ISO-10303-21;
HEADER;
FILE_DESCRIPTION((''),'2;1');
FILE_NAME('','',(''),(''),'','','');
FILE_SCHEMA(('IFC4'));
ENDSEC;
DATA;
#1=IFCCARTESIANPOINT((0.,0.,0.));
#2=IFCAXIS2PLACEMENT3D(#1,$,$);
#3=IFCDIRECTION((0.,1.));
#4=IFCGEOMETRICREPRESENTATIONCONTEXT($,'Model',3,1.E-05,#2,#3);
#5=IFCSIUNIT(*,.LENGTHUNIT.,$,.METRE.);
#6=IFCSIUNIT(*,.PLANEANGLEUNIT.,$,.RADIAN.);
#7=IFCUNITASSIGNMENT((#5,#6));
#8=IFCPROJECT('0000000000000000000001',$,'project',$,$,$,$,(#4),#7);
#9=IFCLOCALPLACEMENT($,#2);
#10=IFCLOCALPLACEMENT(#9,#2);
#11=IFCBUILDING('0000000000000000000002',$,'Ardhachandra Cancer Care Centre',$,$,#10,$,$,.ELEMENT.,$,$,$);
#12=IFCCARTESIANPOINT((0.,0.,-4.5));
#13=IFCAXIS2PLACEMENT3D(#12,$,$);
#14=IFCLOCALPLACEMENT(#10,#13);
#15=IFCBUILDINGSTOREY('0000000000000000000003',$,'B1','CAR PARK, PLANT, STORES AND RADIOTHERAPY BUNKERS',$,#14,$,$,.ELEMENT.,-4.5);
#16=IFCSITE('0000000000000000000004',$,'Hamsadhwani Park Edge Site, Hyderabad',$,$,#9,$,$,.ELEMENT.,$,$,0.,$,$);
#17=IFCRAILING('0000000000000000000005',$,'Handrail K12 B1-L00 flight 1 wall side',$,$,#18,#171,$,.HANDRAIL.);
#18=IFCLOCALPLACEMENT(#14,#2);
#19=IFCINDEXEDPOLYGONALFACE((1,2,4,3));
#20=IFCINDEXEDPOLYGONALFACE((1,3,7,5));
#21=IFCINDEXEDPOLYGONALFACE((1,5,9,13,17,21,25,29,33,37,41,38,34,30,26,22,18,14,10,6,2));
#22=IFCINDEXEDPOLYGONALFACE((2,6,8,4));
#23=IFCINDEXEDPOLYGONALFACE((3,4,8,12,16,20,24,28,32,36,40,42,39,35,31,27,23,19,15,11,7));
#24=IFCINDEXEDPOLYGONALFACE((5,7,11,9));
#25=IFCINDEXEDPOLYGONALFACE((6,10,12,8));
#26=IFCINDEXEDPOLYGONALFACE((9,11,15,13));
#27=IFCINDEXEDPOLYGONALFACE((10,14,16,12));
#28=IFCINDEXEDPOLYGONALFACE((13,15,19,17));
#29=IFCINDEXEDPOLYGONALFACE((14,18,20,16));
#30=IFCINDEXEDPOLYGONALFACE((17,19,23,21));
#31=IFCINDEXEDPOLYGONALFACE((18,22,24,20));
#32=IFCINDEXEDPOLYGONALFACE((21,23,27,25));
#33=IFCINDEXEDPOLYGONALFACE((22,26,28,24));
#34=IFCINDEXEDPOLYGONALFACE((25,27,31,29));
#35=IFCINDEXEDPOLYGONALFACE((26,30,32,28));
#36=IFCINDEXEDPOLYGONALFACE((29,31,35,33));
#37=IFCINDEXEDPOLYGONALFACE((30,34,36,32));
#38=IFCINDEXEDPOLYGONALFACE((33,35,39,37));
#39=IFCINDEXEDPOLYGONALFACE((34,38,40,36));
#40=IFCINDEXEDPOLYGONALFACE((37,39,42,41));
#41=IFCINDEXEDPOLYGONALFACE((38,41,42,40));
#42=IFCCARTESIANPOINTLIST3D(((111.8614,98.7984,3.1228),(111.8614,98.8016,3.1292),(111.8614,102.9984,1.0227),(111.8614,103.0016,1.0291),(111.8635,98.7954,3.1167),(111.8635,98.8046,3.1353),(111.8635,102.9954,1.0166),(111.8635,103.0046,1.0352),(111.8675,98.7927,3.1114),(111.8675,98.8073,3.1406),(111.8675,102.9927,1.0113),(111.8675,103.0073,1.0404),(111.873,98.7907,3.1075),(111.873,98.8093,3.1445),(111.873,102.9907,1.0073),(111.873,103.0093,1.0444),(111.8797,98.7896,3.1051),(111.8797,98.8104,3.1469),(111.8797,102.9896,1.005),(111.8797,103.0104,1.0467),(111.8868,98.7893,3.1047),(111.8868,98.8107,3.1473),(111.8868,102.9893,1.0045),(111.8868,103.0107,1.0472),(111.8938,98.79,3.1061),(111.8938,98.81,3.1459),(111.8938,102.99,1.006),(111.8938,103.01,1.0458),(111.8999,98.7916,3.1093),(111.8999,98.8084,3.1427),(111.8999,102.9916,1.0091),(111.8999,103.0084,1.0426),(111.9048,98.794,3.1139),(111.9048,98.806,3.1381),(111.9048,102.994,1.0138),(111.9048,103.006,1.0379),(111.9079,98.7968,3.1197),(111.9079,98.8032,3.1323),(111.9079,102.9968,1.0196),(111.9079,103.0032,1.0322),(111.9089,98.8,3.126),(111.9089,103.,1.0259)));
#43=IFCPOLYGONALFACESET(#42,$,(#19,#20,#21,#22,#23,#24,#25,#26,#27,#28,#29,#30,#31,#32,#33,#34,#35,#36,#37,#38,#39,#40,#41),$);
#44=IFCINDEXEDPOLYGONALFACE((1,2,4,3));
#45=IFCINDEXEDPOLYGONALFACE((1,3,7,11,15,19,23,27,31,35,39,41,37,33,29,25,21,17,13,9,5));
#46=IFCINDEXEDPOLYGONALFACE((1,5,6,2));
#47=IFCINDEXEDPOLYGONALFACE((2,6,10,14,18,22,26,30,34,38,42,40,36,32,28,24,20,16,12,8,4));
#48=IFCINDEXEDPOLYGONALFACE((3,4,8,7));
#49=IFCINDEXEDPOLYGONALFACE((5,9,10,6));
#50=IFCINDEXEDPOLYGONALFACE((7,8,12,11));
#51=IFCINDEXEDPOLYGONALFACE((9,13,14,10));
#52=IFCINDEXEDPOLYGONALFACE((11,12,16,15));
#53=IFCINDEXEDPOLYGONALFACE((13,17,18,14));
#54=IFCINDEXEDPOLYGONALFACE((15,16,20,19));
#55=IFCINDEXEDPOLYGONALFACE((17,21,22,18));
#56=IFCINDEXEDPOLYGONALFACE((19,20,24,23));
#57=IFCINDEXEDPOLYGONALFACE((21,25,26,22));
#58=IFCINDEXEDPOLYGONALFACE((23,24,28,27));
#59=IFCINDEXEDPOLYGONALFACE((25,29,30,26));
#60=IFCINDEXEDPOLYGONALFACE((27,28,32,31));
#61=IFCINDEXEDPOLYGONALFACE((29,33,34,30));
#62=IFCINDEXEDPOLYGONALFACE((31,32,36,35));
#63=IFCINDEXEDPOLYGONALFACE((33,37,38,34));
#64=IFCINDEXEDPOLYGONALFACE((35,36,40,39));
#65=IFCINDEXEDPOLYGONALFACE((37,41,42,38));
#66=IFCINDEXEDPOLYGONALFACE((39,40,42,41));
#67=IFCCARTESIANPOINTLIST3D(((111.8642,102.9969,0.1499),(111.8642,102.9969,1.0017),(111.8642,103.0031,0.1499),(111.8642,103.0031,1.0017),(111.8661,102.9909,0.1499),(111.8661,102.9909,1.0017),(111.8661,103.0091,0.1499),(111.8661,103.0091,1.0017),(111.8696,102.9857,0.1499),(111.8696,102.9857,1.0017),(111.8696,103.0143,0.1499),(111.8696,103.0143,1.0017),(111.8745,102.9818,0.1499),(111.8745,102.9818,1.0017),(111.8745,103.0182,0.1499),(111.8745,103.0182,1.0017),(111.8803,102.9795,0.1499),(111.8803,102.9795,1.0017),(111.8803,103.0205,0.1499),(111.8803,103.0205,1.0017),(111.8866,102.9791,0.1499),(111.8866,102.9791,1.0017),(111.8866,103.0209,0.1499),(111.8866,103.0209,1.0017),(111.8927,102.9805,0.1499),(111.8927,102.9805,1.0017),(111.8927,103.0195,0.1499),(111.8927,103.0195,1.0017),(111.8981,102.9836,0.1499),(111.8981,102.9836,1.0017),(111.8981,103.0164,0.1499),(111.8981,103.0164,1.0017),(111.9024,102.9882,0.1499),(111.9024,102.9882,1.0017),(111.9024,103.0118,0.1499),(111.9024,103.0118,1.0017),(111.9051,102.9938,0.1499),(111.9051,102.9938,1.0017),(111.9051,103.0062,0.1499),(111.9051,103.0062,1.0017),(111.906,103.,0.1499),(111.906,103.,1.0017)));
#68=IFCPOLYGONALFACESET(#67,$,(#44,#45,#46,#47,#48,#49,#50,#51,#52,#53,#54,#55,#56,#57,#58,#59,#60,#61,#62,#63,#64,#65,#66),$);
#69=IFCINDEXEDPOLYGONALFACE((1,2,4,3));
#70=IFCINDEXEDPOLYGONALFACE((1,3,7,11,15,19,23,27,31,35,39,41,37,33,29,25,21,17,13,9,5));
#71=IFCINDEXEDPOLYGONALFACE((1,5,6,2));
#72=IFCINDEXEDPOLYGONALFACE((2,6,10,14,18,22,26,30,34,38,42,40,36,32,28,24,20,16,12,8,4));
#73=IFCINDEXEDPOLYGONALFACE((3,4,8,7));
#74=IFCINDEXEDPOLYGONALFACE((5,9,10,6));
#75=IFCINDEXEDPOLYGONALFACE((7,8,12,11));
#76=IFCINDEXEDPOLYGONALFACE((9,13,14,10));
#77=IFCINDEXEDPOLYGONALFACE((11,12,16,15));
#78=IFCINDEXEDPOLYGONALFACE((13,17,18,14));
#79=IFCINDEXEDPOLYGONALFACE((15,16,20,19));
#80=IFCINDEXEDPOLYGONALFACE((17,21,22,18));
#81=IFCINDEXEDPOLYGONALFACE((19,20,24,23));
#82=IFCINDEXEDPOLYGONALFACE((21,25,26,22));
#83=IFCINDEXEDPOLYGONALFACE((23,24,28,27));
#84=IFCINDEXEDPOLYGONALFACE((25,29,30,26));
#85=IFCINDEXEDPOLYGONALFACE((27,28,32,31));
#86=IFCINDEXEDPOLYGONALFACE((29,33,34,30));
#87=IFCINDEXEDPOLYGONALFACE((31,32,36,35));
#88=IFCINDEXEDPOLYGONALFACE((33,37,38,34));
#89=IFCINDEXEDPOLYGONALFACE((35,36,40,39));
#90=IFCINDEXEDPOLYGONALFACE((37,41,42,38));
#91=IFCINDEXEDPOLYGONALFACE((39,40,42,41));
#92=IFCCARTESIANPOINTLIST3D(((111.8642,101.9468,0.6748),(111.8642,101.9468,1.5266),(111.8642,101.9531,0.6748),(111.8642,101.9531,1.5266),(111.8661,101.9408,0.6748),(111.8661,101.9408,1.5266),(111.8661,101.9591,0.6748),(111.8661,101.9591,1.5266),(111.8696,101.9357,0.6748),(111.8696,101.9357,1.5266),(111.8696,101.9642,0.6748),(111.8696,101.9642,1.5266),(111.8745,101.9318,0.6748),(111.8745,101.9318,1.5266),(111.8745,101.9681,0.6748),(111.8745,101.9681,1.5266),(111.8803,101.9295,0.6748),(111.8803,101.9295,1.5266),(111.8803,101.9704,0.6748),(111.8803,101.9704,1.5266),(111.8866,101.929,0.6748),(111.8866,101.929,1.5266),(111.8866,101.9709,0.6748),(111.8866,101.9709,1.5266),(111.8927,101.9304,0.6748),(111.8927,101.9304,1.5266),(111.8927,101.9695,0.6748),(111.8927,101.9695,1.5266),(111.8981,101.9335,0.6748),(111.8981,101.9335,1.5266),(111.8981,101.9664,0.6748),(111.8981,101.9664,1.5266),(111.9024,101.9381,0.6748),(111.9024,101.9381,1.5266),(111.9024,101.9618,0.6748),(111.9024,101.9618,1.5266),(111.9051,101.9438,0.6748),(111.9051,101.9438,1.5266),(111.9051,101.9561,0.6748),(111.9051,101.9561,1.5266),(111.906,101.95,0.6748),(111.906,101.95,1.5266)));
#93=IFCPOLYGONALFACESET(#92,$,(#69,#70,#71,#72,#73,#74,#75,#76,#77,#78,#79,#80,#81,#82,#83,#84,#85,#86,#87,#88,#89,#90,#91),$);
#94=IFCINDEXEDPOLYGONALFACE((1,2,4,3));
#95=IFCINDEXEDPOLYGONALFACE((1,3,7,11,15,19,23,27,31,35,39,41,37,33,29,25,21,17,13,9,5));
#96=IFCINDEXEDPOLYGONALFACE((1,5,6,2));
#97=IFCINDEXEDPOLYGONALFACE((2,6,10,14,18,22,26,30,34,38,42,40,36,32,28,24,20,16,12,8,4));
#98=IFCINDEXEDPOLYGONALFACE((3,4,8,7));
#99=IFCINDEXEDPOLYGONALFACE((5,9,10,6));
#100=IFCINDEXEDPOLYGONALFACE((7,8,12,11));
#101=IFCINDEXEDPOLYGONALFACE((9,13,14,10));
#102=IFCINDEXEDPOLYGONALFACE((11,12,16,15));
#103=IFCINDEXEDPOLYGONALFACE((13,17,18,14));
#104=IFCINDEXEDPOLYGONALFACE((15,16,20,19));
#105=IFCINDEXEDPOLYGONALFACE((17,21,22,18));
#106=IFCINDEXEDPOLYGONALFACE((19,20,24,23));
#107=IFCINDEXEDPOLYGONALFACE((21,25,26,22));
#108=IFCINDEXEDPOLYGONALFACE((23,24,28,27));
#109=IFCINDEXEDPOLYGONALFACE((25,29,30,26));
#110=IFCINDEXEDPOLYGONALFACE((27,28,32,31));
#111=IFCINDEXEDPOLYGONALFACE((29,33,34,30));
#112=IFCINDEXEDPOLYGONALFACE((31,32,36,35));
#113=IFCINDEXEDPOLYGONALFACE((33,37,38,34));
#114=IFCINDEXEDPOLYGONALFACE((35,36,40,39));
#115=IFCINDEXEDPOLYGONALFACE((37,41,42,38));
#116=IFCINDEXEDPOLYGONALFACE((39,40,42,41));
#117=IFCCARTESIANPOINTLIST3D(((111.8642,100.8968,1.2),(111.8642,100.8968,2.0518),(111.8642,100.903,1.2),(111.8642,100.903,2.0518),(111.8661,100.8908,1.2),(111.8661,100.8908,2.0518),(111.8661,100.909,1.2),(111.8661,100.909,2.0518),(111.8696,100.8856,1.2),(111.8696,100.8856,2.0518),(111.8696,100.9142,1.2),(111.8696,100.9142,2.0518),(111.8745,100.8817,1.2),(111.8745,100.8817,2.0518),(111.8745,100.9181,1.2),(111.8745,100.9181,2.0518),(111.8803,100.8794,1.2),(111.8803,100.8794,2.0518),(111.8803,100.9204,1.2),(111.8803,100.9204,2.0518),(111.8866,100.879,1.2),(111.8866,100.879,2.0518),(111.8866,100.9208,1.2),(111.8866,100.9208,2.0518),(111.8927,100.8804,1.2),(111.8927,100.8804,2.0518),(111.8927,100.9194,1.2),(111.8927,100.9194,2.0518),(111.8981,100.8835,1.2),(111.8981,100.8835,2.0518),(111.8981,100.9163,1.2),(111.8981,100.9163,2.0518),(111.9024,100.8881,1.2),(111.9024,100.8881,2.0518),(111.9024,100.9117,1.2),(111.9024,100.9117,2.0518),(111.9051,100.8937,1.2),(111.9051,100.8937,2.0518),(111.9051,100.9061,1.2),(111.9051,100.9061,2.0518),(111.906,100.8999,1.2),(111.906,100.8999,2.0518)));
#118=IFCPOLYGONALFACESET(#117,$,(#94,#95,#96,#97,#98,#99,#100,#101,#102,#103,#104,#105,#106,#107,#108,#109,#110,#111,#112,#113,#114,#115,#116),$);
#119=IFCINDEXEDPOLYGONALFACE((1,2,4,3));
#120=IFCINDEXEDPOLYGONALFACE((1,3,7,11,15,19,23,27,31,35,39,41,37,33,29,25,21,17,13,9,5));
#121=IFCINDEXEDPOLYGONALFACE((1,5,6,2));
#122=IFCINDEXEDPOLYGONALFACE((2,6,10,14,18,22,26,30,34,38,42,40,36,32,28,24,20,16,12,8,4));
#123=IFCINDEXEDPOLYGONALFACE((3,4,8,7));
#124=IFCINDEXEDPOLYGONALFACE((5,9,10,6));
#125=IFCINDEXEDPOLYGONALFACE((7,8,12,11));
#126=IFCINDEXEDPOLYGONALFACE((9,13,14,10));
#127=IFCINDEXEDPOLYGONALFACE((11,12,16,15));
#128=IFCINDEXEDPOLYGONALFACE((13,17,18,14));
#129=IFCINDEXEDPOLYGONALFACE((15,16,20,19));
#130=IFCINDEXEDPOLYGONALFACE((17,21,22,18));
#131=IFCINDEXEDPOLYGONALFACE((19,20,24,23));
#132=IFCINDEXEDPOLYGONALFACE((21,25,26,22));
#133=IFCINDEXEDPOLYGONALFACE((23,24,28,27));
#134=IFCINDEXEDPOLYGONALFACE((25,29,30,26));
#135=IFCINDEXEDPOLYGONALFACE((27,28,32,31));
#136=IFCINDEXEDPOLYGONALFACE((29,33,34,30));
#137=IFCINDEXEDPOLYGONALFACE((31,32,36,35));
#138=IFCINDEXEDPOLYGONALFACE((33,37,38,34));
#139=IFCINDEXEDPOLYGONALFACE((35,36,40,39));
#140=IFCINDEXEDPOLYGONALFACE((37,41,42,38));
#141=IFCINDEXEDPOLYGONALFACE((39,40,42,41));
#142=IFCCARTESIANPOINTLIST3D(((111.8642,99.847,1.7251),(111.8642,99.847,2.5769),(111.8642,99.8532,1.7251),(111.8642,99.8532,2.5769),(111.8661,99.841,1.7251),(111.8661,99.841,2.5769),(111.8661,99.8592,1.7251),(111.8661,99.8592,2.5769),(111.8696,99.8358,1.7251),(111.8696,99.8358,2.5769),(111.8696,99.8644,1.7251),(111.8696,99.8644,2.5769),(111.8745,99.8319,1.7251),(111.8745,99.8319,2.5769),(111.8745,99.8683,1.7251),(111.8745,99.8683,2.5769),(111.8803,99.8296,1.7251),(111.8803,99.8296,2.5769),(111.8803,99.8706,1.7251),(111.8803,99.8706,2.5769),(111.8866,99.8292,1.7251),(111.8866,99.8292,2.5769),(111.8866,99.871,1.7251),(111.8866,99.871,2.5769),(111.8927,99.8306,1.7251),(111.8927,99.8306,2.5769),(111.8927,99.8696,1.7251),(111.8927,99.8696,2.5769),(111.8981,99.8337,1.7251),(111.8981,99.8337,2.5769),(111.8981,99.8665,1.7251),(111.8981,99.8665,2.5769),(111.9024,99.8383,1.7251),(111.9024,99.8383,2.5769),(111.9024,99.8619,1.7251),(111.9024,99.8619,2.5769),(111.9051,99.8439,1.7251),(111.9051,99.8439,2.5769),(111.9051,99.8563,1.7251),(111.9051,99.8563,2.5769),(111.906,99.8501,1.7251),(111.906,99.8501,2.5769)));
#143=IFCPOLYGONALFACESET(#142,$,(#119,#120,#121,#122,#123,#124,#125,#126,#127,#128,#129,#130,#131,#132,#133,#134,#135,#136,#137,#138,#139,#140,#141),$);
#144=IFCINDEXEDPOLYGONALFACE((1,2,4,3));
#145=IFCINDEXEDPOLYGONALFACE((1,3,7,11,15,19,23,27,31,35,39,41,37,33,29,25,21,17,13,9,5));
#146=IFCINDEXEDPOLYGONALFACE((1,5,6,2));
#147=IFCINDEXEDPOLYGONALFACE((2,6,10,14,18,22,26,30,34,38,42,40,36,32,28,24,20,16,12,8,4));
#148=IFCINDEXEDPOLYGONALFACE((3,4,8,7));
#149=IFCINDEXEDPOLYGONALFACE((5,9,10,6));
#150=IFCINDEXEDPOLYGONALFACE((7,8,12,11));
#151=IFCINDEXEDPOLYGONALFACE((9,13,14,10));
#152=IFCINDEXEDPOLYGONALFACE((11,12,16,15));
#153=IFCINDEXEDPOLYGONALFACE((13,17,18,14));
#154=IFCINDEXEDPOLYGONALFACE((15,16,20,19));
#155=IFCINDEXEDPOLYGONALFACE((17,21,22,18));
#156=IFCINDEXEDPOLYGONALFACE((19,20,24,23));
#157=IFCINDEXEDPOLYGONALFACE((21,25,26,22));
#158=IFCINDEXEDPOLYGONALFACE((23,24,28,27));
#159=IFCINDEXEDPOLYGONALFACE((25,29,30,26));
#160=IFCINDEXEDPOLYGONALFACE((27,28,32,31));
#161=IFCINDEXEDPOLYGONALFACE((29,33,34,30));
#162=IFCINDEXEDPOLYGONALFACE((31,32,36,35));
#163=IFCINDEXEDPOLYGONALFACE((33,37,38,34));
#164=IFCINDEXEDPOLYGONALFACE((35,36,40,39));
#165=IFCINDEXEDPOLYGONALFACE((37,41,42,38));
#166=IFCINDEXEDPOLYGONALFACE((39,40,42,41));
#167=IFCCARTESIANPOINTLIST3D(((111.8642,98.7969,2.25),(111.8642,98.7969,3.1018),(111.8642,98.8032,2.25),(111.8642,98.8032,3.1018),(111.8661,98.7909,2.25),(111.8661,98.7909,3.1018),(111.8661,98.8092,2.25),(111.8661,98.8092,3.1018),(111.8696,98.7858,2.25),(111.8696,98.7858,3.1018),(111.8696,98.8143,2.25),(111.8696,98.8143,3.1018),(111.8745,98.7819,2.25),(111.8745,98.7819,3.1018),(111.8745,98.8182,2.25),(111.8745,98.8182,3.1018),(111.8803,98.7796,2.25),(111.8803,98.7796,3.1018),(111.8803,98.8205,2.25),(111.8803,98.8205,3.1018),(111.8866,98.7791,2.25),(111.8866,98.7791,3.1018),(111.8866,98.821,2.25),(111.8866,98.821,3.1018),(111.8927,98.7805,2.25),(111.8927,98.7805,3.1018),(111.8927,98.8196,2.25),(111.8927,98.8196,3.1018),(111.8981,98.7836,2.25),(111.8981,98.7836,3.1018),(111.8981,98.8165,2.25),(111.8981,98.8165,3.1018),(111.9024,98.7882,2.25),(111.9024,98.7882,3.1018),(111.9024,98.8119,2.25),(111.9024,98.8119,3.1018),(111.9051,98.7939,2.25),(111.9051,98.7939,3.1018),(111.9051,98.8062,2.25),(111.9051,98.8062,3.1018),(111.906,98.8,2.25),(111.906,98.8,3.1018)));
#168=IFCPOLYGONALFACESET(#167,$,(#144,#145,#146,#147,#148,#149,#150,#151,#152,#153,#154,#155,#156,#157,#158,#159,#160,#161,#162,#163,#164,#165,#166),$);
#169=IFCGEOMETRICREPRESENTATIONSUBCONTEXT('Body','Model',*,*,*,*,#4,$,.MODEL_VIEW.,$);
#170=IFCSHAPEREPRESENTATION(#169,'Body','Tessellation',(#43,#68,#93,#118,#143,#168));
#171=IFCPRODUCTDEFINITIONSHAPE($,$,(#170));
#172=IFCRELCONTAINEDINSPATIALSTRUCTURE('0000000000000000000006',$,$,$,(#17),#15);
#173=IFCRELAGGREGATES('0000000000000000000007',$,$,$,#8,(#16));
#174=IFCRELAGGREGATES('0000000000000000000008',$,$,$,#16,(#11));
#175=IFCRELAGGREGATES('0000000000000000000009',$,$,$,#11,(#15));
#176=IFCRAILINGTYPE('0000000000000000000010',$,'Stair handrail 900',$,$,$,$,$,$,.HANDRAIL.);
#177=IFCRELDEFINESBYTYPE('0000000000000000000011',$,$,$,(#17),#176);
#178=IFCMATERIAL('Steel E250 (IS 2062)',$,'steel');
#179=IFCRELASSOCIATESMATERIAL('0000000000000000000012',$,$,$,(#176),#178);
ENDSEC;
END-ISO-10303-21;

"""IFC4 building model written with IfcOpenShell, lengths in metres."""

from ifc_helpers import new_model, si_unit, direction, frame, origin, origin_2d, place, context, subcontext, project, spatial, circle, extrude, material, type_object, element, save


model = new_model("IFC4")

# Units and contexts
model_context = context("Model", 3, precision=1e-05, world=origin(), true_north=direction((0.0, 1.0)))
body_context = subcontext(model_context, "Body", "Model", "MODEL_VIEW")
ifc_project = project(units=[si_unit("LENGTHUNIT", "METRE"), si_unit("PLANEANGLEUNIT", "RADIAN")], contexts=[model_context])

# Site, building, storey
site_placement = place(None, origin())
site = spatial("IfcSite", under=ifc_project, at=site_placement, Name="Hamsadhwani Park Edge Site, Hyderabad", CompositionType="ELEMENT", RefElevation=0.0)
building_placement = place(site_placement, origin())
building = spatial("IfcBuilding", under=site, at=building_placement, Name="Ardhachandra Cancer Care Centre", CompositionType="ELEMENT")
storey_placement = place(building_placement, frame((0.0, 0.0, -4.5)))
storey = spatial("IfcBuildingStorey", under=building, at=storey_placement, Name="B1", Description="CAR PARK, PLANT, STORES AND RADIOTHERAPY BUNKERS", CompositionType="ELEMENT", Elevation=-4.5)

# Railing
ifc_material_1 = material(Name="Steel E250 (IS 2062)", Category="steel")
railing_type = type_object("IfcRailingType", Name="Stair handrail 900", PredefinedType="HANDRAIL", material=ifc_material_1)
railing_placement = place(storey_placement, frame((111.885, 103.0, 0.1499)))
element("IfcRailing", 1, at=railing_placement, inside=storey, type_object=railing_type, Name="Handrail K12 B1-L00 flight 1 wall side", PredefinedType="HANDRAIL", context=body_context, shape_type="SweptSolid", body=[
    extrude(circle(Radius=0.0239, at=origin_2d()), frame((0.0, 0.0, 0.876), z_axis=(0.0, -0.894417, 0.447234), x_axis=(1.0, 0.0, 0.0)), (0.0, 0.0, 1.0), 4.6958),
    extrude(circle(Radius=0.021, at=origin_2d()), origin(), (0.0, 0.0, 1.0), 0.8518),
    extrude(circle(Radius=0.021, at=origin_2d()), frame((0.0, -1.05, 0.5249)), (0.0, 0.0, 1.0), 0.8518),
    extrude(circle(Radius=0.021, at=origin_2d()), frame((0.0, -2.1001, 1.05)), (0.0, 0.0, 1.0), 0.8518),
    extrude(circle(Radius=0.021, at=origin_2d()), frame((0.0, -3.1499, 1.5752)), (0.0, 0.0, 1.0), 0.8518),
    extrude(circle(Radius=0.021, at=origin_2d()), frame((0.0, -4.2, 2.1001)), (0.0, 0.0, 1.0), 0.8518),
])

save(model, "model.ifc")
